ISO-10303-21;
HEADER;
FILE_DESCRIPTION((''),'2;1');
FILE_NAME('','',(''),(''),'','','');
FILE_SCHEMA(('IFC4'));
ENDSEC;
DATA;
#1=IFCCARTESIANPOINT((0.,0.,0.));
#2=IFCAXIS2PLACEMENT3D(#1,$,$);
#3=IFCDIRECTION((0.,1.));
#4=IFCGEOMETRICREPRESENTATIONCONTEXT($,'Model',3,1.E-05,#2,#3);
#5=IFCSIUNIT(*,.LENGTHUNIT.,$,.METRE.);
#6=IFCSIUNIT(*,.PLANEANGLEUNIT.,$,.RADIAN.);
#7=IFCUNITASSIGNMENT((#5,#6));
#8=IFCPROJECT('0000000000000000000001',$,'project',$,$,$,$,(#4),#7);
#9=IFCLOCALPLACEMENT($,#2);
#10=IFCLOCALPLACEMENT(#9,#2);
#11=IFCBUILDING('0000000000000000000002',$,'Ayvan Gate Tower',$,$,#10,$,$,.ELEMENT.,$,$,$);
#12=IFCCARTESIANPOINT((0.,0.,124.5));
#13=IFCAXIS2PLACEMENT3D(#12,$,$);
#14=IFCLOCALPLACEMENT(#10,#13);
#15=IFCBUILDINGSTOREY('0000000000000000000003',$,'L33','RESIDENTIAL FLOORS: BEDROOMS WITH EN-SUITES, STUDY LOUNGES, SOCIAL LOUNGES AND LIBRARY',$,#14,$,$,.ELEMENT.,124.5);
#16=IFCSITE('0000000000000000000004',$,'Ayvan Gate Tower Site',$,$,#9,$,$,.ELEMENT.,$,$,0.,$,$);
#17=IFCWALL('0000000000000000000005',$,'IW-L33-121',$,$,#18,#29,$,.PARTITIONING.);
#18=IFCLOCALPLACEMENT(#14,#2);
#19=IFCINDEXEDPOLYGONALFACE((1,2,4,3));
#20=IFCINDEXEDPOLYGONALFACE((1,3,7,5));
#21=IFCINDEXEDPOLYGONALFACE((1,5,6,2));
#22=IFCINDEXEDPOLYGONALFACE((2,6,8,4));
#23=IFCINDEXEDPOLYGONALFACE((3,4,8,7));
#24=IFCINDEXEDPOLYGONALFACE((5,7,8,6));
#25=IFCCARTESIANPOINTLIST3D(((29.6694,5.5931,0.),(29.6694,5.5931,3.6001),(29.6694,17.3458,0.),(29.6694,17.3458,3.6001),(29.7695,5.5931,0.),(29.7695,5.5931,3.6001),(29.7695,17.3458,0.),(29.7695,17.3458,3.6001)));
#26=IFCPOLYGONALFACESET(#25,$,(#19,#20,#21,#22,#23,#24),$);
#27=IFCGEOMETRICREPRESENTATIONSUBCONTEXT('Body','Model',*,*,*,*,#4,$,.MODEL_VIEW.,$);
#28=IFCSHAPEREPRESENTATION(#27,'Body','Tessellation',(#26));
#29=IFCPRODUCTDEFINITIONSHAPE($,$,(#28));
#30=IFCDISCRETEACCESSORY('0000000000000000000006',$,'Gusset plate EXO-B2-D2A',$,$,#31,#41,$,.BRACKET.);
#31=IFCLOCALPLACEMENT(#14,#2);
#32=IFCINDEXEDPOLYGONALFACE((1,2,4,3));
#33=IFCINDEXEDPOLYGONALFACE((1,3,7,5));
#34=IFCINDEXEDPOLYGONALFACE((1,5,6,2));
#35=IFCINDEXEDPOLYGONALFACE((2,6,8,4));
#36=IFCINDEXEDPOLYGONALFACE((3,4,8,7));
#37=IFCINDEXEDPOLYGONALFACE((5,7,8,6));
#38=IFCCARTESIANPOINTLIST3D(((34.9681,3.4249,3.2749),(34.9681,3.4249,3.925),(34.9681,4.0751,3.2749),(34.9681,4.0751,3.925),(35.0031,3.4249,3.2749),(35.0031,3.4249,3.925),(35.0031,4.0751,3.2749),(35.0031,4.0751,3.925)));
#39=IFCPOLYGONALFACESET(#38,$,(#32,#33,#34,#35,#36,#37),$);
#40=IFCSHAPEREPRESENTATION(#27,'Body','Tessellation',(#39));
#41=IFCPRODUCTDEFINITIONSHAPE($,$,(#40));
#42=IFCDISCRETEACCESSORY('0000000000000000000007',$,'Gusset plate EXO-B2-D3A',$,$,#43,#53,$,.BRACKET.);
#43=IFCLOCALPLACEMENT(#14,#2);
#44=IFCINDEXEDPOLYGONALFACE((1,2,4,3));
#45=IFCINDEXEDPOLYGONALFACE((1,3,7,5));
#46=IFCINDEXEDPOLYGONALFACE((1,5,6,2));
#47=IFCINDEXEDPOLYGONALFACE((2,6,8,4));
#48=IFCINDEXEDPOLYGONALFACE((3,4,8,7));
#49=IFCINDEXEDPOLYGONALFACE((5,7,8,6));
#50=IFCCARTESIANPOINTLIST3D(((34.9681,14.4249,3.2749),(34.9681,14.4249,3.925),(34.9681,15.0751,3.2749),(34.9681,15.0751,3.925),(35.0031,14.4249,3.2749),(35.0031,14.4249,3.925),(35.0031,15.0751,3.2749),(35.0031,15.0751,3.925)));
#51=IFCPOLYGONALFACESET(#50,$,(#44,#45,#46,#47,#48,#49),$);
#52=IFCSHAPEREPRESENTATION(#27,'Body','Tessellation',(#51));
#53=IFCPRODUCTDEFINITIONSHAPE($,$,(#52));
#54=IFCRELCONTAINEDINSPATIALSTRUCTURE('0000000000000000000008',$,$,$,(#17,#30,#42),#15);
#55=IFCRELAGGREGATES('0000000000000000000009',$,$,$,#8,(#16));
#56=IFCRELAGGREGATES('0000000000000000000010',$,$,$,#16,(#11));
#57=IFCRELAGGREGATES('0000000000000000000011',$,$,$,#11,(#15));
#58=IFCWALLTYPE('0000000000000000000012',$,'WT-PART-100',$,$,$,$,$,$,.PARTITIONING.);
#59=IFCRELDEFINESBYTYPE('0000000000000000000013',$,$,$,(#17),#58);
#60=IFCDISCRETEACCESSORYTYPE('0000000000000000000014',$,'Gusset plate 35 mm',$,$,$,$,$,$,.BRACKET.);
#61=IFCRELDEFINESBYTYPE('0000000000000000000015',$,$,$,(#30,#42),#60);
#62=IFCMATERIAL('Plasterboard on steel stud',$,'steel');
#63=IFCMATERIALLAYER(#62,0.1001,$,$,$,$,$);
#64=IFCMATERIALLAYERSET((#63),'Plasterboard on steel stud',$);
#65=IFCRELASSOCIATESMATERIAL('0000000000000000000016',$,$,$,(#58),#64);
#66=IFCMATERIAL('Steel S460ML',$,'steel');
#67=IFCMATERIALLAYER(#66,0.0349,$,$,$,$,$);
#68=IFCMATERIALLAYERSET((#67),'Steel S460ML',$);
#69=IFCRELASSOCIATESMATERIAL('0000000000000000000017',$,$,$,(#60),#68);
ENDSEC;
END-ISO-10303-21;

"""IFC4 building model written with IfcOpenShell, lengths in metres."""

from ifc_helpers import new_model, si_unit, direction, frame, frame_2d, origin, origin_2d, place, context, subcontext, project, spatial, rectangle, extrude, material, layer, layer_set, type_object, element, save


model = new_model("IFC4")

# Units and contexts
model_context = context("Model", 3, precision=1e-05, world=origin(), true_north=direction((0.0, 1.0)))
body_context = subcontext(model_context, "Body", "Model", "MODEL_VIEW")
ifc_project = project(units=[si_unit("LENGTHUNIT", "METRE"), si_unit("PLANEANGLEUNIT", "RADIAN")], contexts=[model_context])

# Site, building, storey
site_placement = place(None, origin())
site = spatial("IfcSite", under=ifc_project, at=site_placement, Name="Ayvan Gate Tower Site", CompositionType="ELEMENT", RefElevation=0.0)
building_placement = place(site_placement, origin())
building = spatial("IfcBuilding", under=site, at=building_placement, Name="Ayvan Gate Tower", CompositionType="ELEMENT")
storey_placement = place(building_placement, frame((0.0, 0.0, 124.5)))
storey = spatial("IfcBuildingStorey", under=building, at=storey_placement, Name="L33", Description="RESIDENTIAL FLOORS: BEDROOMS WITH EN-SUITES, STUDY LOUNGES, SOCIAL LOUNGES AND LIBRARY", CompositionType="ELEMENT", Elevation=124.5)

# Wall
ifc_material_1 = material(Name="Plasterboard on steel stud", Category="steel")
ifc_layer_1 = layer(ifc_material_1, 0.1001)
ifc_layer_set_1 = layer_set([ifc_layer_1], Name="Plasterboard on steel stud")
wall_type = type_object("IfcWallType", Name="WT-PART-100", PredefinedType="PARTITIONING", material=ifc_layer_set_1)
wall_placement = place(storey_placement, frame((29.7195, 17.3459, 0.0), z_axis=(0.0, 0.0, 1.0), x_axis=(0.0, -1.0, 0.0)))
element("IfcWall", 1, at=wall_placement, inside=storey, type_object=wall_type, Name="IW-L33-121", PredefinedType="PARTITIONING", context=body_context, shape_type="SweptSolid", body=[
    extrude(rectangle(XDim=11.7527, YDim=0.1001, at=frame_2d((5.8765, 0.0))), origin(), (0.0, 0.0, 1.0), 3.6001),
])

# Discrete accessories
ifc_material_2 = material(Name="Steel S460ML", Category="steel")
ifc_layer_2 = layer(ifc_material_2, 0.0349)
ifc_layer_set_2 = layer_set([ifc_layer_2], Name="Steel S460ML")
discrete_accessory_type = type_object("IfcDiscreteAccessoryType", Name="Gusset plate 35 mm", PredefinedType="BRACKET", material=ifc_layer_set_2)
for number, where, z_axis, x_axis, name in (
    (2, (34.9856, 3.75, 3.2749), (0.0, 0.0, 1.0), (0.0, 1.0, 0.0), "Gusset plate EXO-B2-D2A"),
    (3, (34.9856, 14.75, 3.2749), (0.0, 0.0, 1.0), (0.0, 1.0, 0.0), "Gusset plate EXO-B2-D3A"),
):
    element("IfcDiscreteAccessory", number, at=place(storey_placement, frame(where, z_axis=z_axis, x_axis=x_axis)), inside=storey, type_object=discrete_accessory_type, Name=name, PredefinedType="BRACKET", context=body_context, shape_type="SweptSolid", body=[
        extrude(rectangle(XDim=0.6501, YDim=0.0349, at=origin_2d()), origin(), (0.0, 0.0, 1.0), 0.6501),
    ])

save(model, "model.ifc")
